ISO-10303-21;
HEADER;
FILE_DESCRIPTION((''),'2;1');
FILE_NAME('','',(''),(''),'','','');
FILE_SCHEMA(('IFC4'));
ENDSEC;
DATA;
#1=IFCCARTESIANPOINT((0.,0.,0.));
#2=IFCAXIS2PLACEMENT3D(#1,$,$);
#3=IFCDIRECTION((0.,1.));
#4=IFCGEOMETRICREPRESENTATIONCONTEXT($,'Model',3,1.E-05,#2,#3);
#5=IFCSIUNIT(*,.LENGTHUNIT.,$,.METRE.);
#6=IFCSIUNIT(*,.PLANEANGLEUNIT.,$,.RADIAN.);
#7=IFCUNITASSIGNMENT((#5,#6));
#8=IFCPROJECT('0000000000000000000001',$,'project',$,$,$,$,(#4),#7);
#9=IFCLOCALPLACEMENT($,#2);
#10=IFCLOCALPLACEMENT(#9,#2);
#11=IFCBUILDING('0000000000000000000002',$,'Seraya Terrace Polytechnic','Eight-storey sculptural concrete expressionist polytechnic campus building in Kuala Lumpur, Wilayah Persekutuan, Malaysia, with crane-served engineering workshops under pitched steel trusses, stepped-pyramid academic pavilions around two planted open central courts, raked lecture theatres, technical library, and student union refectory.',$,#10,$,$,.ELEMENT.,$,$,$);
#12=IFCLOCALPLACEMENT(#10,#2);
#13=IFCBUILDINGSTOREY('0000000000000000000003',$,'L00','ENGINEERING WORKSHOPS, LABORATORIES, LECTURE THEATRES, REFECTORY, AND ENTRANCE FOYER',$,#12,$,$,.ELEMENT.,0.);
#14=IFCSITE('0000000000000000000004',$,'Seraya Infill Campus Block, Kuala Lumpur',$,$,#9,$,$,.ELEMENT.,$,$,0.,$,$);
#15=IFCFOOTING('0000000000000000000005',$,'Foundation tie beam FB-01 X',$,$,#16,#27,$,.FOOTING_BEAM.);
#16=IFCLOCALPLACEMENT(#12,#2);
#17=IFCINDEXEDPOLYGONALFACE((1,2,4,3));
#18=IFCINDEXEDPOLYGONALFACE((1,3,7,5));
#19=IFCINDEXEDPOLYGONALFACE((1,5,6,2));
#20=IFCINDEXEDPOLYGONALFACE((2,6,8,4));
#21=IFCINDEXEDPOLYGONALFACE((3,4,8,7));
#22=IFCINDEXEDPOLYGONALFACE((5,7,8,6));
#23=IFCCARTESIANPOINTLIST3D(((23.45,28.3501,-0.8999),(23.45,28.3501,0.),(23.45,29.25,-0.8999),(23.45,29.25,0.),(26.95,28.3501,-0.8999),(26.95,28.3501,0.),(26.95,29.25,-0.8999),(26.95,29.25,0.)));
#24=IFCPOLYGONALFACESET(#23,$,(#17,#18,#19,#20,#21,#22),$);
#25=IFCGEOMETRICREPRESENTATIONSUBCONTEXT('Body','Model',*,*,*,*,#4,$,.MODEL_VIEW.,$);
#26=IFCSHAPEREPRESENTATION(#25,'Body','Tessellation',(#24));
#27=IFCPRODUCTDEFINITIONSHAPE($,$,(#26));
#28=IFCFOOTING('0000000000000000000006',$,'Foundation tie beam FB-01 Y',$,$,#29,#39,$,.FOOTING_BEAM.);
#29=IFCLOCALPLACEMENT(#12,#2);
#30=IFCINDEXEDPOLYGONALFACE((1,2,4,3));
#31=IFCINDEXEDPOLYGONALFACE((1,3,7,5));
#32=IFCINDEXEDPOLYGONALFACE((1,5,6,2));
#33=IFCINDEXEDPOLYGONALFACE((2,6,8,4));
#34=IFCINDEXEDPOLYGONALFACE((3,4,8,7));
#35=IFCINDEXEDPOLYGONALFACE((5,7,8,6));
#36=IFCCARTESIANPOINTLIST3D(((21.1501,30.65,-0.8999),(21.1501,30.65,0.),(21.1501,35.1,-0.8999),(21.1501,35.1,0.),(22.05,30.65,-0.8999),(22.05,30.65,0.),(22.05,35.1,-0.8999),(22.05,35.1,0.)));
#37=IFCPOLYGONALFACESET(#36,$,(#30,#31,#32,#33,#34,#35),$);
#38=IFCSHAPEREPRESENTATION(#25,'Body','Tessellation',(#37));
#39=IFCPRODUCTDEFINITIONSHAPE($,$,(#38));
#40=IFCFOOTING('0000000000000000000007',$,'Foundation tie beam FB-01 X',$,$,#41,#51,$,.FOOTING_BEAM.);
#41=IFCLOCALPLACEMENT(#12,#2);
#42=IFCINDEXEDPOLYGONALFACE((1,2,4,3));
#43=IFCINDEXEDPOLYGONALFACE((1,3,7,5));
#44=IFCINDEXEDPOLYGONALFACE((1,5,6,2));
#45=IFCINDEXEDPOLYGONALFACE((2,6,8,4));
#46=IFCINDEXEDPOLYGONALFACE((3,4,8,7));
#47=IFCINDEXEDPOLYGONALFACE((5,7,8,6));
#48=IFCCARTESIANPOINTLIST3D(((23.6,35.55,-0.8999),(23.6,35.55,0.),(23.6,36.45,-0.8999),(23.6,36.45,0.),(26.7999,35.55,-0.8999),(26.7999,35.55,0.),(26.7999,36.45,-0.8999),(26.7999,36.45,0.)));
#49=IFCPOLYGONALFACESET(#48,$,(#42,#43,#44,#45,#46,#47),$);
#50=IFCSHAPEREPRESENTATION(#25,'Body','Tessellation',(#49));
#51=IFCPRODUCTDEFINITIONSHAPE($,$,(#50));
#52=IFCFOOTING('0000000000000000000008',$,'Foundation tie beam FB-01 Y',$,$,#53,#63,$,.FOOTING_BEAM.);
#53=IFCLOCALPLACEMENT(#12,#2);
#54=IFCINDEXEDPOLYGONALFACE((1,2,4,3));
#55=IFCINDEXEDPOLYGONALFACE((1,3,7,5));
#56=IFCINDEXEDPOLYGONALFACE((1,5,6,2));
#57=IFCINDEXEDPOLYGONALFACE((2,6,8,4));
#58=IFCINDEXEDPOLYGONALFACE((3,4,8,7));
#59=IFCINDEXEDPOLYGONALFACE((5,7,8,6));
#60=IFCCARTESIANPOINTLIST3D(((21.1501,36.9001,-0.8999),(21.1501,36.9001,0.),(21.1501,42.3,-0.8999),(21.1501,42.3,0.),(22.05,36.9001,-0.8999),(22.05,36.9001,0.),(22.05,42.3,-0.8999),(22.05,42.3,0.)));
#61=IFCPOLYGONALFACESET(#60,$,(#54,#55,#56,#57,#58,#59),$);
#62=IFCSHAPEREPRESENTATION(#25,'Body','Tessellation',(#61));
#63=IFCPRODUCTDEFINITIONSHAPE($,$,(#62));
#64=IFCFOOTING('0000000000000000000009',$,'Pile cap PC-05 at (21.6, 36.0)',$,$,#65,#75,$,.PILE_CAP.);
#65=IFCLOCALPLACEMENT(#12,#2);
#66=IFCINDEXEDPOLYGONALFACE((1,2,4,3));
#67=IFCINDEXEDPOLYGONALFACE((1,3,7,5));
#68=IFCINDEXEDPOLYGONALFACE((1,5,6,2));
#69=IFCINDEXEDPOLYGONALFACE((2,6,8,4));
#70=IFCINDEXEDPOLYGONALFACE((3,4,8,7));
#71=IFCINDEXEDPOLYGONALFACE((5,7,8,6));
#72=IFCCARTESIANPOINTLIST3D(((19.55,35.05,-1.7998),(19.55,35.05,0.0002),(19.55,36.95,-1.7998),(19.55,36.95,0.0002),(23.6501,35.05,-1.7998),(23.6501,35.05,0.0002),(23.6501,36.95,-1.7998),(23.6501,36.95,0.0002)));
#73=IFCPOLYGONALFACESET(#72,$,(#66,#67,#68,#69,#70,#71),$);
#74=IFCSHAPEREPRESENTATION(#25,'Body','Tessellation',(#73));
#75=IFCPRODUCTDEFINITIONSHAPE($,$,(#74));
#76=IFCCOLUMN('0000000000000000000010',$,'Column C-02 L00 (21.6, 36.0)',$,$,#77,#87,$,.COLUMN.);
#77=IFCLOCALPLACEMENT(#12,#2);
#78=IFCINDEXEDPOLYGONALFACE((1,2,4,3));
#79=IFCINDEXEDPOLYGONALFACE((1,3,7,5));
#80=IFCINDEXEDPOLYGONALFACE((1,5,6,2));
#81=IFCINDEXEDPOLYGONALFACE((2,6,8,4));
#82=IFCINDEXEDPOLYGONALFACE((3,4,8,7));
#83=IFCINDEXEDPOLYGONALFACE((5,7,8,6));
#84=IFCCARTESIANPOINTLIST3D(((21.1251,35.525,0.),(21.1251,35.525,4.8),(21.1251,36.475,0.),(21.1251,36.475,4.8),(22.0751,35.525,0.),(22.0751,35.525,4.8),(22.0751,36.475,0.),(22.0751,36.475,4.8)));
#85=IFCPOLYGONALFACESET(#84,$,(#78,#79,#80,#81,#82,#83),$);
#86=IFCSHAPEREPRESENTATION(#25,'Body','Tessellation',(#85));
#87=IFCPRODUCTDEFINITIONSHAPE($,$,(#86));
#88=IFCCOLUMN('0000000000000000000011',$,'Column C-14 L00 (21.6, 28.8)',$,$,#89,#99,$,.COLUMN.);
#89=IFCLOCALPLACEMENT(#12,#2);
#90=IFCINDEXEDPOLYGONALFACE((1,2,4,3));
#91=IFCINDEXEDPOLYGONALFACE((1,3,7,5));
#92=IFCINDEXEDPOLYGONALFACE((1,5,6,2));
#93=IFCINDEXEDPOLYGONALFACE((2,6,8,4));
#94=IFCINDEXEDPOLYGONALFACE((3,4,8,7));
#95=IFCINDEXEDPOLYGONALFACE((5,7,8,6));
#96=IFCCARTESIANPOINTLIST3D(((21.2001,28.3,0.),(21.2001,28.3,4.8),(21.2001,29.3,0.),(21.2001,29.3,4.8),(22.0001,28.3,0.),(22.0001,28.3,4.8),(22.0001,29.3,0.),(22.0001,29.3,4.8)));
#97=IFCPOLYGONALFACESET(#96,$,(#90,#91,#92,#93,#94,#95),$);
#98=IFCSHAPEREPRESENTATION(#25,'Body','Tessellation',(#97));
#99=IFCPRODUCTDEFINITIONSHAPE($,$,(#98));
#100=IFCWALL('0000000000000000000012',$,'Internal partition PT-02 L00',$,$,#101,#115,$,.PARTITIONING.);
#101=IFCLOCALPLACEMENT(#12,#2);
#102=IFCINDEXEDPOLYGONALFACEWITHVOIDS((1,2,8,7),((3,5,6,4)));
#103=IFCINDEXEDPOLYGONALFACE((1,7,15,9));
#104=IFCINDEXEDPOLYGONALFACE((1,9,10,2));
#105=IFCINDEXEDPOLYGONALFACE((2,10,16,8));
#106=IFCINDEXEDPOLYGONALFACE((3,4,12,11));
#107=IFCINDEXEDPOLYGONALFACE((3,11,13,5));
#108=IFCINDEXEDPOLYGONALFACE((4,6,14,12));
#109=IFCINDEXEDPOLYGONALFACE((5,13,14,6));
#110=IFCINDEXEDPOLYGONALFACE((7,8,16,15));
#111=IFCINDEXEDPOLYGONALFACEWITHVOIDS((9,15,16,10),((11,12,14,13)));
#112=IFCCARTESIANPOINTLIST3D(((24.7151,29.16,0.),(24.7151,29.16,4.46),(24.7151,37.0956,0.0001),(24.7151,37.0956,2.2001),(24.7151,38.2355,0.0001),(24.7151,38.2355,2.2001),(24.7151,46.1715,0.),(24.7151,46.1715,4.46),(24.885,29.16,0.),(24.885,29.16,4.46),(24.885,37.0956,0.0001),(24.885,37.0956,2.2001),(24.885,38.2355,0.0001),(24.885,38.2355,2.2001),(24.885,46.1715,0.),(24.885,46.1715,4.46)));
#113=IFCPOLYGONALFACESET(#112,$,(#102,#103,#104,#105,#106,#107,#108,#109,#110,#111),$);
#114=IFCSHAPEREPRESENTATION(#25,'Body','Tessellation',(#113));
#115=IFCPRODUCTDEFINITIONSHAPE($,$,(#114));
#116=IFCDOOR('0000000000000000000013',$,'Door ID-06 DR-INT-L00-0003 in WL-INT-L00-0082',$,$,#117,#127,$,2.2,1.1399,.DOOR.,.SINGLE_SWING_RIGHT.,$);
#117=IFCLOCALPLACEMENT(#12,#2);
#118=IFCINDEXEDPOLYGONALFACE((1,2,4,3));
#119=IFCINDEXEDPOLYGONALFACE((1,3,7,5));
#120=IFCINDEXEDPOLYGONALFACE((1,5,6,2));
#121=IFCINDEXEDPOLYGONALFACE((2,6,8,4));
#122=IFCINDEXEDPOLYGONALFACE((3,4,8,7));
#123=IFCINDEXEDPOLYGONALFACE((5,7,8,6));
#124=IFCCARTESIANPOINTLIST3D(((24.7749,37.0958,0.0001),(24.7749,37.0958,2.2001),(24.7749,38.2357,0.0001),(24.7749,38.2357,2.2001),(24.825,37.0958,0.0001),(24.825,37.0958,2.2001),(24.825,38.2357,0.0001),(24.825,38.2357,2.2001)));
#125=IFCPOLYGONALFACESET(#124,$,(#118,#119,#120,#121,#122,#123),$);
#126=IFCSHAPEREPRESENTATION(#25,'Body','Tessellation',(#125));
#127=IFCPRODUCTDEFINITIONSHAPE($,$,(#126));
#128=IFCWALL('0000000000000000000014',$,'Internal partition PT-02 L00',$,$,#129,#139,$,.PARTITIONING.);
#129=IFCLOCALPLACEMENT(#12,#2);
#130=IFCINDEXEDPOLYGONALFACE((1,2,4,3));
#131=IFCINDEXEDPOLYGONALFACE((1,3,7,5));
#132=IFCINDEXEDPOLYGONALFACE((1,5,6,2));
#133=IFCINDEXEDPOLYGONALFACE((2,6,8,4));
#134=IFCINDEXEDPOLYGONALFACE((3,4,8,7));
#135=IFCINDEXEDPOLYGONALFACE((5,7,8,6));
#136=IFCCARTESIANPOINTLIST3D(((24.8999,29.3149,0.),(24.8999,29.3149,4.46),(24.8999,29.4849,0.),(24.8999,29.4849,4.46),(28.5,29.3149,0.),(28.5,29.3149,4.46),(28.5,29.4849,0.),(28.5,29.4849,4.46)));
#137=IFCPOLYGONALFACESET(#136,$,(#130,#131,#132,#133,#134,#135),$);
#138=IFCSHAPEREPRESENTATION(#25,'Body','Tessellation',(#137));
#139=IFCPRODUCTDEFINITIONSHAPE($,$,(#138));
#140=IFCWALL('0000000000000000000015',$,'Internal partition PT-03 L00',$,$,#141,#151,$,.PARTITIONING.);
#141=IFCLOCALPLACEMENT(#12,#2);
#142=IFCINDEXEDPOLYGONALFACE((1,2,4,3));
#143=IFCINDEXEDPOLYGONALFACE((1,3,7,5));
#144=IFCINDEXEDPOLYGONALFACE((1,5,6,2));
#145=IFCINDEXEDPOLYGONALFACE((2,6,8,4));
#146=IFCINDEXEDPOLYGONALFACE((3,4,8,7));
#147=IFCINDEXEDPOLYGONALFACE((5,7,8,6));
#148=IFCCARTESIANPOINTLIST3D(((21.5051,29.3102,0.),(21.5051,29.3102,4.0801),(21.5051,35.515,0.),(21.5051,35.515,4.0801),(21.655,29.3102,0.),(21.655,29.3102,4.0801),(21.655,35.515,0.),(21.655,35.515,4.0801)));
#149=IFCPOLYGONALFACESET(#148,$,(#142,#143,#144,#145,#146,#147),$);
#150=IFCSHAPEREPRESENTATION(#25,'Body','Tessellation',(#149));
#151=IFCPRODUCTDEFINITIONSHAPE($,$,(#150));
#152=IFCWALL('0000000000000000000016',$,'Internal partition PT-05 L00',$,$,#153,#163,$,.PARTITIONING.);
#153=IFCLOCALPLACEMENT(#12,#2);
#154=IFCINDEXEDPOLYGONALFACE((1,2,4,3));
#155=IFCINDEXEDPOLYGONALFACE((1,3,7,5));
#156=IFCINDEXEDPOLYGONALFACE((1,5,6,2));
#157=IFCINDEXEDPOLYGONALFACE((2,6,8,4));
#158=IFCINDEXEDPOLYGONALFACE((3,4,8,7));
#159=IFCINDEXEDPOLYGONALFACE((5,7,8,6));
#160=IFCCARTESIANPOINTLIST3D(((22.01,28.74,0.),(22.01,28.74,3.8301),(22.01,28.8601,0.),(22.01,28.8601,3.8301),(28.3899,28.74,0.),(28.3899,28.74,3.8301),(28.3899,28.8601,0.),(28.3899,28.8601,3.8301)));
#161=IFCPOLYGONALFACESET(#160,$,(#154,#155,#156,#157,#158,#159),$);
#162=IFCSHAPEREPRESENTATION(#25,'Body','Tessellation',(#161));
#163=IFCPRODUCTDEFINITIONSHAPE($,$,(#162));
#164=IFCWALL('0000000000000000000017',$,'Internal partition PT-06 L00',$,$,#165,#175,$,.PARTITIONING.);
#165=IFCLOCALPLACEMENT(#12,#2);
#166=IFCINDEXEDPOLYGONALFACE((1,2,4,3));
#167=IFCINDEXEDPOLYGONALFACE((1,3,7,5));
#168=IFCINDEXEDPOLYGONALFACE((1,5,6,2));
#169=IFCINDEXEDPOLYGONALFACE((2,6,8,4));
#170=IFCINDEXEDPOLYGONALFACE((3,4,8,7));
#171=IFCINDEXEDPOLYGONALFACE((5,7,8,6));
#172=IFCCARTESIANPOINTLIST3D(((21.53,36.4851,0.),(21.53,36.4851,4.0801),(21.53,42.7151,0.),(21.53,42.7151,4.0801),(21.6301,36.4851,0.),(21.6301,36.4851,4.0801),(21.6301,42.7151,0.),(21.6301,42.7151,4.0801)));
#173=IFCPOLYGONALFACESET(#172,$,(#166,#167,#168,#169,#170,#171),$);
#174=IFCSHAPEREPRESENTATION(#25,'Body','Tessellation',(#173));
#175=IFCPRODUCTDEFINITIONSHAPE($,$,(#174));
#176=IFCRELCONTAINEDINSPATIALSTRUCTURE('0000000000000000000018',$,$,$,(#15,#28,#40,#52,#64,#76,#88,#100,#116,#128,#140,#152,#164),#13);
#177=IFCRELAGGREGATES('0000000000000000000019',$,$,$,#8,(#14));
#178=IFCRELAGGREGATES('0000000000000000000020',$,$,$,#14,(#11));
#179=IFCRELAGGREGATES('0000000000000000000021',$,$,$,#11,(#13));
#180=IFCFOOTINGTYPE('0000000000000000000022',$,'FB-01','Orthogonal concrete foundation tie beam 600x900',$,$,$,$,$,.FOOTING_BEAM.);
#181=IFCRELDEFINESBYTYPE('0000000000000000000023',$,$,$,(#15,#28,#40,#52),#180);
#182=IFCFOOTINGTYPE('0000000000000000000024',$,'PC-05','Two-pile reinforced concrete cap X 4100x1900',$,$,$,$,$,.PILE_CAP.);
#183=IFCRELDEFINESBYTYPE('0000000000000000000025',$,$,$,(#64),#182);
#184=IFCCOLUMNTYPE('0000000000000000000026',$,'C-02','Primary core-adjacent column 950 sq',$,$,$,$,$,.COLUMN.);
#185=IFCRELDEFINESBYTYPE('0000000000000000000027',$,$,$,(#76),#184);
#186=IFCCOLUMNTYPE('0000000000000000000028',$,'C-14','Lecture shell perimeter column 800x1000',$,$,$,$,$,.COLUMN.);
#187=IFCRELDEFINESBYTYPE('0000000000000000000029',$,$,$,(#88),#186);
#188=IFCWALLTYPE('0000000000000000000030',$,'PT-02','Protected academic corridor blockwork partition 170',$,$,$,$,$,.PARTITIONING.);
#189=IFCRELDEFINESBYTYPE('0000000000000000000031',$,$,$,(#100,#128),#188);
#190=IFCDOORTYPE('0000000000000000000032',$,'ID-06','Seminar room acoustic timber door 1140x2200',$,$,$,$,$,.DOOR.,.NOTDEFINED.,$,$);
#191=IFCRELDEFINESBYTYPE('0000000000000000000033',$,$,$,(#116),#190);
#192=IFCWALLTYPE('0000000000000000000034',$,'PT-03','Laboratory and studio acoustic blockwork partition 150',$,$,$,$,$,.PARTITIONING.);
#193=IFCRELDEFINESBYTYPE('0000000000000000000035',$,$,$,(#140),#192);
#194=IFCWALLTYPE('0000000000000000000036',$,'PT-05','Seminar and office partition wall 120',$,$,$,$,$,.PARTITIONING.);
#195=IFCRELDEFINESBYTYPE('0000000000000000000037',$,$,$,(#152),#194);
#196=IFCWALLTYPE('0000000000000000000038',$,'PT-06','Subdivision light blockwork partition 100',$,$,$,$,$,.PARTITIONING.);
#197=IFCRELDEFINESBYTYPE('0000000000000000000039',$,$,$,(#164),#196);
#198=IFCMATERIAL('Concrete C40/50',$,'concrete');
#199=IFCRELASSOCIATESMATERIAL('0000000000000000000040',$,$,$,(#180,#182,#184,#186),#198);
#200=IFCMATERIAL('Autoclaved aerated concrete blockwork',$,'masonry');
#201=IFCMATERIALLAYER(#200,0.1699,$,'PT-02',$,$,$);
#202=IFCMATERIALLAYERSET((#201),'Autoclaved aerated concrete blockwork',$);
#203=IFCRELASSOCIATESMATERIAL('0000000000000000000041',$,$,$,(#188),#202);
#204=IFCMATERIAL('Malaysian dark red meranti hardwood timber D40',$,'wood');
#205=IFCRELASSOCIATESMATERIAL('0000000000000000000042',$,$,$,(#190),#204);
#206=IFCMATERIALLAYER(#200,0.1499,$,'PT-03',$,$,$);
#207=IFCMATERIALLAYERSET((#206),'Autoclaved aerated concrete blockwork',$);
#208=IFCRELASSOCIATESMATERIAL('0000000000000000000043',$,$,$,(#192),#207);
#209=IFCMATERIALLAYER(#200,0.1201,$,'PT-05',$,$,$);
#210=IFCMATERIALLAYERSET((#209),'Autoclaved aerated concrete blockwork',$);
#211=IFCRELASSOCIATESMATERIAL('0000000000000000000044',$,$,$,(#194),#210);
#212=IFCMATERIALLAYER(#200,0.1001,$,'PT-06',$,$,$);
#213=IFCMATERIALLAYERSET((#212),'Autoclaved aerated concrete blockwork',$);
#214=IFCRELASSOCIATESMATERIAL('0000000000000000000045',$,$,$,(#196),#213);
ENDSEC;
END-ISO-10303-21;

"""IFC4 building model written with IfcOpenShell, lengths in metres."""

from ifc_helpers import new_model, si_unit, direction, frame, frame_2d, origin, origin_2d, place, context, subcontext, project, spatial, rectangle, extrude, material, layer, layer_set, material_profile, profile_set, type_object, element, fill, save


model = new_model("IFC4")

# Units and contexts
model_context = context("Model", 3, precision=1e-05, world=origin(), true_north=direction((0.0, 1.0)))
body_context = subcontext(model_context, "Body", "Model", "MODEL_VIEW")
ifc_project = project(units=[si_unit("LENGTHUNIT", "METRE"), si_unit("PLANEANGLEUNIT", "RADIAN")], contexts=[model_context])

# Site, building, storey
site_placement = place(None, origin())
site = spatial("IfcSite", under=ifc_project, at=site_placement, Name="Seraya Infill Campus Block, Kuala Lumpur", CompositionType="ELEMENT", RefElevation=0.0)
building_placement = place(site_placement, origin())
building = spatial("IfcBuilding", under=site, at=building_placement, Name="Seraya Terrace Polytechnic", Description="Eight-storey sculptural concrete expressionist polytechnic campus building in Kuala Lumpur, Wilayah Persekutuan, Malaysia, with crane-served engineering workshops under pitched steel trusses, stepped-pyramid academic pavilions around two planted open central courts, raked lecture theatres, technical library, and student union refectory.", CompositionType="ELEMENT")
storey_placement = place(building_placement, origin())
storey = spatial("IfcBuildingStorey", under=building, at=storey_placement, Name="L00", Description="ENGINEERING WORKSHOPS, LABORATORIES, LECTURE THEATRES, REFECTORY, AND ENTRANCE FOYER", CompositionType="ELEMENT", Elevation=0.0)

# Shared definitions
ifc_material_1 = material(Name="Concrete C40/50", Category="concrete")

# Footings
footing_type_1 = type_object("IfcFootingType", Name="FB-01", Description="Orthogonal concrete foundation tie beam 600x900", PredefinedType="FOOTING_BEAM", material=ifc_material_1)
footing_1_placement = place(storey_placement, frame((25.2, 28.8, -0.8999), z_axis=(0.0, 0.0, 1.0), x_axis=(1.0, 0.0, 0.0)))
element("IfcFooting", 1, at=footing_1_placement, inside=storey, type_object=footing_type_1, Name="Foundation tie beam FB-01 X", PredefinedType="FOOTING_BEAM", context=body_context, shape_type="SweptSolid", body=[
    extrude(rectangle(XDim=3.5, YDim=0.8999, at=origin_2d()), origin(), (0.0, 0.0, 1.0), 0.8999),
])
footing_2_placement = place(storey_placement, frame((21.6001, 32.875, -0.8999), z_axis=(0.0, 0.0, 1.0), x_axis=(0.0, 1.0, 0.0)))
element("IfcFooting", 2, at=footing_2_placement, inside=storey, type_object=footing_type_1, Name="Foundation tie beam FB-01 Y", PredefinedType="FOOTING_BEAM", context=body_context, shape_type="SweptSolid", body=[
    extrude(rectangle(XDim=4.45, YDim=0.8999, at=origin_2d()), origin(), (0.0, 0.0, 1.0), 0.8999),
])
footing_3_placement = place(storey_placement, frame((25.2, 36.0, -0.8999), z_axis=(0.0, 0.0, 1.0), x_axis=(1.0, 0.0, 0.0)))
element("IfcFooting", 3, at=footing_3_placement, inside=storey, type_object=footing_type_1, Name="Foundation tie beam FB-01 X", PredefinedType="FOOTING_BEAM", context=body_context, shape_type="SweptSolid", body=[
    extrude(rectangle(XDim=3.2, YDim=0.8999, at=origin_2d()), origin(), (0.0, 0.0, 1.0), 0.8999),
])
footing_4_placement = place(storey_placement, frame((21.6001, 39.6001, -0.8999), z_axis=(0.0, 0.0, 1.0), x_axis=(0.0, 1.0, 0.0)))
element("IfcFooting", 4, at=footing_4_placement, inside=storey, type_object=footing_type_1, Name="Foundation tie beam FB-01 Y", PredefinedType="FOOTING_BEAM", context=body_context, shape_type="SweptSolid", body=[
    extrude(rectangle(XDim=5.3999, YDim=0.8999, at=origin_2d()), origin(), (0.0, 0.0, 1.0), 0.8999),
])
footing_type_2 = type_object("IfcFootingType", Name="PC-05", Description="Two-pile reinforced concrete cap X 4100x1900", PredefinedType="PILE_CAP", material=ifc_material_1)
footing_5_placement = place(storey_placement, frame((21.6001, 36.0, -1.7998), z_axis=(0.0, 0.0, 1.0), x_axis=(1.0, 0.0, 0.0)))
element("IfcFooting", 5, at=footing_5_placement, inside=storey, type_object=footing_type_2, Name="Pile cap PC-05 at (21.6, 36.0)", PredefinedType="PILE_CAP", context=body_context, shape_type="SweptSolid", body=[
    extrude(rectangle(XDim=4.1001, YDim=1.8999, at=origin_2d()), origin(), (0.0, 0.0, 1.0), 1.8),
])

# Columns
ifc_material_profile_1 = material_profile(ifc_material_1, rectangle(XDim=0.95, YDim=0.95, at=origin_2d()), Name="RC 950x950")
ifc_profile_set_1 = profile_set([ifc_material_profile_1], Name="Concrete C40/50")
column_type_1 = type_object("IfcColumnType", Name="C-02", Description="Primary core-adjacent column 950 sq", PredefinedType="COLUMN", material=ifc_profile_set_1)
column_1_placement = place(storey_placement, frame((21.6001, 36.0, 0.0), z_axis=(0.0, 0.0, 1.0), x_axis=(1.0, 0.0, 0.0)))
element("IfcColumn", 6, at=column_1_placement, inside=storey, type_object=column_type_1, Name="Column C-02 L00 (21.6, 36.0)", PredefinedType="COLUMN", context=body_context, shape_type="SweptSolid", body=[
    extrude(rectangle(XDim=0.95, YDim=0.95, at=origin_2d()), origin(), (0.0, 0.0, 1.0), 4.8),
])
ifc_material_profile_2 = material_profile(ifc_material_1, rectangle(XDim=0.8, YDim=1.0, at=origin_2d()), Name="RC 800x1000")
ifc_profile_set_2 = profile_set([ifc_material_profile_2], Name="Concrete C40/50")
column_type_2 = type_object("IfcColumnType", Name="C-14", Description="Lecture shell perimeter column 800x1000", PredefinedType="COLUMN", material=ifc_profile_set_2)
column_2_placement = place(storey_placement, frame((21.6001, 28.8, 0.0), z_axis=(0.0, 0.0, 1.0), x_axis=(1.0, 0.0, 0.0)))
element("IfcColumn", 7, at=column_2_placement, inside=storey, type_object=column_type_2, Name="Column C-14 L00 (21.6, 28.8)", PredefinedType="COLUMN", context=body_context, shape_type="SweptSolid", body=[
    extrude(rectangle(XDim=0.8, YDim=1.0, at=origin_2d()), origin(), (0.0, 0.0, 1.0), 4.8),
])

# Wall, opening, door
ifc_material_2 = material(Name="Autoclaved aerated concrete blockwork", Category="masonry")
ifc_layer_1 = layer(ifc_material_2, 0.1699, Name="PT-02")
ifc_layer_set_1 = layer_set([ifc_layer_1], Name="Autoclaved aerated concrete blockwork")
wall_type_1 = type_object("IfcWallType", Name="PT-02", Description="Protected academic corridor blockwork partition 170", PredefinedType="PARTITIONING", material=ifc_layer_set_1)
wall_1_placement = place(storey_placement, frame((24.8, 29.1599, 0.0), z_axis=(0.0, 0.0, 1.0), x_axis=(0.0, 1.0, 0.0)))
wall_1 = element("IfcWall", 8, at=wall_1_placement, inside=storey, type_object=wall_type_1, Name="Internal partition PT-02 L00", PredefinedType="PARTITIONING", context=body_context, shape_type="SweptSolid", body=[
    extrude(rectangle(XDim=17.0115, YDim=0.1699, at=frame_2d((8.5059, 0.0))), origin(), (0.0, 0.0, 1.0), 4.46),
])
opening_placement = place(wall_1_placement, frame((7.9358, 0.0, 0.0)))
opening = element("IfcOpeningElement", 9, at=opening_placement, cuts=wall_1, PredefinedType="OPENING", context=body_context, shape_type="SweptSolid", body=[
    extrude(rectangle(XDim=1.1399, YDim=2.2, at=frame_2d((0.5698, 1.1001))), frame((0.0, 0.0969, 0.0), z_axis=(0.0, -1.0, 0.0), x_axis=(1.0, 0.0, 0.0)), (0.0, 0.0, 1.0), 0.1938),
])
ifc_material_3 = material(Name="Malaysian dark red meranti hardwood timber D40", Category="wood")
door_type = type_object("IfcDoorType", Name="ID-06", Description="Seminar room acoustic timber door 1140x2200", OperationType="NOTDEFINED", PredefinedType="DOOR", material=ifc_material_3)
door_placement = place(opening_placement, frame((1.1399, 0.0, 0.0), z_axis=(0.0, 0.0, 1.0), x_axis=(-1.0, 0.0, 0.0)))
door = element("IfcDoor", 10, at=door_placement, inside=storey, type_object=door_type, Name="Door ID-06 DR-INT-L00-0003 in WL-INT-L00-0082", OperationType="SINGLE_SWING_RIGHT", OverallHeight=2.2, OverallWidth=1.1399, PredefinedType="DOOR", context=body_context, shape_type="SweptSolid", body=[
    extrude(rectangle(XDim=1.1399, YDim=2.2, at=frame_2d((0.5698, 1.1001))), frame((0.0, 0.0249, 0.0), z_axis=(0.0, -1.0, 0.0), x_axis=(1.0, 0.0, 0.0)), (0.0, 0.0, 1.0), 0.05),
])
fill(opening, door)

# Walls
wall_2_placement = place(storey_placement, frame((24.8999, 29.3999, 0.0), z_axis=(0.0, 0.0, 1.0), x_axis=(1.0, 0.0, 0.0)))
element("IfcWall", 11, at=wall_2_placement, inside=storey, type_object=wall_type_1, Name="Internal partition PT-02 L00", PredefinedType="PARTITIONING", context=body_context, shape_type="SweptSolid", body=[
    extrude(rectangle(XDim=3.6001, YDim=0.1699, at=frame_2d((1.8, 0.0))), origin(), (0.0, 0.0, 1.0), 4.46),
])
ifc_layer_2 = layer(ifc_material_2, 0.1499, Name="PT-03")
ifc_layer_set_2 = layer_set([ifc_layer_2], Name="Autoclaved aerated concrete blockwork")
wall_type_2 = type_object("IfcWallType", Name="PT-03", Description="Laboratory and studio acoustic blockwork partition 150", PredefinedType="PARTITIONING", material=ifc_layer_set_2)
wall_3_placement = place(storey_placement, frame((21.5801, 29.3101, 0.0), z_axis=(0.0, 0.0, 1.0), x_axis=(0.0, 1.0, 0.0)))
element("IfcWall", 12, at=wall_3_placement, inside=storey, type_object=wall_type_2, Name="Internal partition PT-03 L00", PredefinedType="PARTITIONING", context=body_context, shape_type="SweptSolid", body=[
    extrude(rectangle(XDim=6.2048, YDim=0.1499, at=frame_2d((3.1025, 0.0))), origin(), (0.0, 0.0, 1.0), 4.0801),
])
ifc_layer_3 = layer(ifc_material_2, 0.1201, Name="PT-05")
ifc_layer_set_3 = layer_set([ifc_layer_3], Name="Autoclaved aerated concrete blockwork")
wall_type_3 = type_object("IfcWallType", Name="PT-05", Description="Seminar and office partition wall 120", PredefinedType="PARTITIONING", material=ifc_layer_set_3)
wall_4_placement = place(storey_placement, frame((22.01, 28.8, 0.0), z_axis=(0.0, 0.0, 1.0), x_axis=(1.0, 0.0, 0.0)))
element("IfcWall", 13, at=wall_4_placement, inside=storey, type_object=wall_type_3, Name="Internal partition PT-05 L00", PredefinedType="PARTITIONING", context=body_context, shape_type="SweptSolid", body=[
    extrude(rectangle(XDim=6.3799, YDim=0.1201, at=frame_2d((3.1899, 0.0))), origin(), (0.0, 0.0, 1.0), 3.8301),
])
ifc_layer_4 = layer(ifc_material_2, 0.1001, Name="PT-06")
ifc_layer_set_4 = layer_set([ifc_layer_4], Name="Autoclaved aerated concrete blockwork")
wall_type_4 = type_object("IfcWallType", Name="PT-06", Description="Subdivision light blockwork partition 100", PredefinedType="PARTITIONING", material=ifc_layer_set_4)
wall_5_placement = place(storey_placement, frame((21.5801, 36.4851, 0.0), z_axis=(0.0, 0.0, 1.0), x_axis=(0.0, 1.0, 0.0)))
element("IfcWall", 14, at=wall_5_placement, inside=storey, type_object=wall_type_4, Name="Internal partition PT-06 L00", PredefinedType="PARTITIONING", context=body_context, shape_type="SweptSolid", body=[
    extrude(rectangle(XDim=6.23, YDim=0.1001, at=frame_2d((3.115, 0.0))), origin(), (0.0, 0.0, 1.0), 4.0801),
])

save(model, "model.ifc")
